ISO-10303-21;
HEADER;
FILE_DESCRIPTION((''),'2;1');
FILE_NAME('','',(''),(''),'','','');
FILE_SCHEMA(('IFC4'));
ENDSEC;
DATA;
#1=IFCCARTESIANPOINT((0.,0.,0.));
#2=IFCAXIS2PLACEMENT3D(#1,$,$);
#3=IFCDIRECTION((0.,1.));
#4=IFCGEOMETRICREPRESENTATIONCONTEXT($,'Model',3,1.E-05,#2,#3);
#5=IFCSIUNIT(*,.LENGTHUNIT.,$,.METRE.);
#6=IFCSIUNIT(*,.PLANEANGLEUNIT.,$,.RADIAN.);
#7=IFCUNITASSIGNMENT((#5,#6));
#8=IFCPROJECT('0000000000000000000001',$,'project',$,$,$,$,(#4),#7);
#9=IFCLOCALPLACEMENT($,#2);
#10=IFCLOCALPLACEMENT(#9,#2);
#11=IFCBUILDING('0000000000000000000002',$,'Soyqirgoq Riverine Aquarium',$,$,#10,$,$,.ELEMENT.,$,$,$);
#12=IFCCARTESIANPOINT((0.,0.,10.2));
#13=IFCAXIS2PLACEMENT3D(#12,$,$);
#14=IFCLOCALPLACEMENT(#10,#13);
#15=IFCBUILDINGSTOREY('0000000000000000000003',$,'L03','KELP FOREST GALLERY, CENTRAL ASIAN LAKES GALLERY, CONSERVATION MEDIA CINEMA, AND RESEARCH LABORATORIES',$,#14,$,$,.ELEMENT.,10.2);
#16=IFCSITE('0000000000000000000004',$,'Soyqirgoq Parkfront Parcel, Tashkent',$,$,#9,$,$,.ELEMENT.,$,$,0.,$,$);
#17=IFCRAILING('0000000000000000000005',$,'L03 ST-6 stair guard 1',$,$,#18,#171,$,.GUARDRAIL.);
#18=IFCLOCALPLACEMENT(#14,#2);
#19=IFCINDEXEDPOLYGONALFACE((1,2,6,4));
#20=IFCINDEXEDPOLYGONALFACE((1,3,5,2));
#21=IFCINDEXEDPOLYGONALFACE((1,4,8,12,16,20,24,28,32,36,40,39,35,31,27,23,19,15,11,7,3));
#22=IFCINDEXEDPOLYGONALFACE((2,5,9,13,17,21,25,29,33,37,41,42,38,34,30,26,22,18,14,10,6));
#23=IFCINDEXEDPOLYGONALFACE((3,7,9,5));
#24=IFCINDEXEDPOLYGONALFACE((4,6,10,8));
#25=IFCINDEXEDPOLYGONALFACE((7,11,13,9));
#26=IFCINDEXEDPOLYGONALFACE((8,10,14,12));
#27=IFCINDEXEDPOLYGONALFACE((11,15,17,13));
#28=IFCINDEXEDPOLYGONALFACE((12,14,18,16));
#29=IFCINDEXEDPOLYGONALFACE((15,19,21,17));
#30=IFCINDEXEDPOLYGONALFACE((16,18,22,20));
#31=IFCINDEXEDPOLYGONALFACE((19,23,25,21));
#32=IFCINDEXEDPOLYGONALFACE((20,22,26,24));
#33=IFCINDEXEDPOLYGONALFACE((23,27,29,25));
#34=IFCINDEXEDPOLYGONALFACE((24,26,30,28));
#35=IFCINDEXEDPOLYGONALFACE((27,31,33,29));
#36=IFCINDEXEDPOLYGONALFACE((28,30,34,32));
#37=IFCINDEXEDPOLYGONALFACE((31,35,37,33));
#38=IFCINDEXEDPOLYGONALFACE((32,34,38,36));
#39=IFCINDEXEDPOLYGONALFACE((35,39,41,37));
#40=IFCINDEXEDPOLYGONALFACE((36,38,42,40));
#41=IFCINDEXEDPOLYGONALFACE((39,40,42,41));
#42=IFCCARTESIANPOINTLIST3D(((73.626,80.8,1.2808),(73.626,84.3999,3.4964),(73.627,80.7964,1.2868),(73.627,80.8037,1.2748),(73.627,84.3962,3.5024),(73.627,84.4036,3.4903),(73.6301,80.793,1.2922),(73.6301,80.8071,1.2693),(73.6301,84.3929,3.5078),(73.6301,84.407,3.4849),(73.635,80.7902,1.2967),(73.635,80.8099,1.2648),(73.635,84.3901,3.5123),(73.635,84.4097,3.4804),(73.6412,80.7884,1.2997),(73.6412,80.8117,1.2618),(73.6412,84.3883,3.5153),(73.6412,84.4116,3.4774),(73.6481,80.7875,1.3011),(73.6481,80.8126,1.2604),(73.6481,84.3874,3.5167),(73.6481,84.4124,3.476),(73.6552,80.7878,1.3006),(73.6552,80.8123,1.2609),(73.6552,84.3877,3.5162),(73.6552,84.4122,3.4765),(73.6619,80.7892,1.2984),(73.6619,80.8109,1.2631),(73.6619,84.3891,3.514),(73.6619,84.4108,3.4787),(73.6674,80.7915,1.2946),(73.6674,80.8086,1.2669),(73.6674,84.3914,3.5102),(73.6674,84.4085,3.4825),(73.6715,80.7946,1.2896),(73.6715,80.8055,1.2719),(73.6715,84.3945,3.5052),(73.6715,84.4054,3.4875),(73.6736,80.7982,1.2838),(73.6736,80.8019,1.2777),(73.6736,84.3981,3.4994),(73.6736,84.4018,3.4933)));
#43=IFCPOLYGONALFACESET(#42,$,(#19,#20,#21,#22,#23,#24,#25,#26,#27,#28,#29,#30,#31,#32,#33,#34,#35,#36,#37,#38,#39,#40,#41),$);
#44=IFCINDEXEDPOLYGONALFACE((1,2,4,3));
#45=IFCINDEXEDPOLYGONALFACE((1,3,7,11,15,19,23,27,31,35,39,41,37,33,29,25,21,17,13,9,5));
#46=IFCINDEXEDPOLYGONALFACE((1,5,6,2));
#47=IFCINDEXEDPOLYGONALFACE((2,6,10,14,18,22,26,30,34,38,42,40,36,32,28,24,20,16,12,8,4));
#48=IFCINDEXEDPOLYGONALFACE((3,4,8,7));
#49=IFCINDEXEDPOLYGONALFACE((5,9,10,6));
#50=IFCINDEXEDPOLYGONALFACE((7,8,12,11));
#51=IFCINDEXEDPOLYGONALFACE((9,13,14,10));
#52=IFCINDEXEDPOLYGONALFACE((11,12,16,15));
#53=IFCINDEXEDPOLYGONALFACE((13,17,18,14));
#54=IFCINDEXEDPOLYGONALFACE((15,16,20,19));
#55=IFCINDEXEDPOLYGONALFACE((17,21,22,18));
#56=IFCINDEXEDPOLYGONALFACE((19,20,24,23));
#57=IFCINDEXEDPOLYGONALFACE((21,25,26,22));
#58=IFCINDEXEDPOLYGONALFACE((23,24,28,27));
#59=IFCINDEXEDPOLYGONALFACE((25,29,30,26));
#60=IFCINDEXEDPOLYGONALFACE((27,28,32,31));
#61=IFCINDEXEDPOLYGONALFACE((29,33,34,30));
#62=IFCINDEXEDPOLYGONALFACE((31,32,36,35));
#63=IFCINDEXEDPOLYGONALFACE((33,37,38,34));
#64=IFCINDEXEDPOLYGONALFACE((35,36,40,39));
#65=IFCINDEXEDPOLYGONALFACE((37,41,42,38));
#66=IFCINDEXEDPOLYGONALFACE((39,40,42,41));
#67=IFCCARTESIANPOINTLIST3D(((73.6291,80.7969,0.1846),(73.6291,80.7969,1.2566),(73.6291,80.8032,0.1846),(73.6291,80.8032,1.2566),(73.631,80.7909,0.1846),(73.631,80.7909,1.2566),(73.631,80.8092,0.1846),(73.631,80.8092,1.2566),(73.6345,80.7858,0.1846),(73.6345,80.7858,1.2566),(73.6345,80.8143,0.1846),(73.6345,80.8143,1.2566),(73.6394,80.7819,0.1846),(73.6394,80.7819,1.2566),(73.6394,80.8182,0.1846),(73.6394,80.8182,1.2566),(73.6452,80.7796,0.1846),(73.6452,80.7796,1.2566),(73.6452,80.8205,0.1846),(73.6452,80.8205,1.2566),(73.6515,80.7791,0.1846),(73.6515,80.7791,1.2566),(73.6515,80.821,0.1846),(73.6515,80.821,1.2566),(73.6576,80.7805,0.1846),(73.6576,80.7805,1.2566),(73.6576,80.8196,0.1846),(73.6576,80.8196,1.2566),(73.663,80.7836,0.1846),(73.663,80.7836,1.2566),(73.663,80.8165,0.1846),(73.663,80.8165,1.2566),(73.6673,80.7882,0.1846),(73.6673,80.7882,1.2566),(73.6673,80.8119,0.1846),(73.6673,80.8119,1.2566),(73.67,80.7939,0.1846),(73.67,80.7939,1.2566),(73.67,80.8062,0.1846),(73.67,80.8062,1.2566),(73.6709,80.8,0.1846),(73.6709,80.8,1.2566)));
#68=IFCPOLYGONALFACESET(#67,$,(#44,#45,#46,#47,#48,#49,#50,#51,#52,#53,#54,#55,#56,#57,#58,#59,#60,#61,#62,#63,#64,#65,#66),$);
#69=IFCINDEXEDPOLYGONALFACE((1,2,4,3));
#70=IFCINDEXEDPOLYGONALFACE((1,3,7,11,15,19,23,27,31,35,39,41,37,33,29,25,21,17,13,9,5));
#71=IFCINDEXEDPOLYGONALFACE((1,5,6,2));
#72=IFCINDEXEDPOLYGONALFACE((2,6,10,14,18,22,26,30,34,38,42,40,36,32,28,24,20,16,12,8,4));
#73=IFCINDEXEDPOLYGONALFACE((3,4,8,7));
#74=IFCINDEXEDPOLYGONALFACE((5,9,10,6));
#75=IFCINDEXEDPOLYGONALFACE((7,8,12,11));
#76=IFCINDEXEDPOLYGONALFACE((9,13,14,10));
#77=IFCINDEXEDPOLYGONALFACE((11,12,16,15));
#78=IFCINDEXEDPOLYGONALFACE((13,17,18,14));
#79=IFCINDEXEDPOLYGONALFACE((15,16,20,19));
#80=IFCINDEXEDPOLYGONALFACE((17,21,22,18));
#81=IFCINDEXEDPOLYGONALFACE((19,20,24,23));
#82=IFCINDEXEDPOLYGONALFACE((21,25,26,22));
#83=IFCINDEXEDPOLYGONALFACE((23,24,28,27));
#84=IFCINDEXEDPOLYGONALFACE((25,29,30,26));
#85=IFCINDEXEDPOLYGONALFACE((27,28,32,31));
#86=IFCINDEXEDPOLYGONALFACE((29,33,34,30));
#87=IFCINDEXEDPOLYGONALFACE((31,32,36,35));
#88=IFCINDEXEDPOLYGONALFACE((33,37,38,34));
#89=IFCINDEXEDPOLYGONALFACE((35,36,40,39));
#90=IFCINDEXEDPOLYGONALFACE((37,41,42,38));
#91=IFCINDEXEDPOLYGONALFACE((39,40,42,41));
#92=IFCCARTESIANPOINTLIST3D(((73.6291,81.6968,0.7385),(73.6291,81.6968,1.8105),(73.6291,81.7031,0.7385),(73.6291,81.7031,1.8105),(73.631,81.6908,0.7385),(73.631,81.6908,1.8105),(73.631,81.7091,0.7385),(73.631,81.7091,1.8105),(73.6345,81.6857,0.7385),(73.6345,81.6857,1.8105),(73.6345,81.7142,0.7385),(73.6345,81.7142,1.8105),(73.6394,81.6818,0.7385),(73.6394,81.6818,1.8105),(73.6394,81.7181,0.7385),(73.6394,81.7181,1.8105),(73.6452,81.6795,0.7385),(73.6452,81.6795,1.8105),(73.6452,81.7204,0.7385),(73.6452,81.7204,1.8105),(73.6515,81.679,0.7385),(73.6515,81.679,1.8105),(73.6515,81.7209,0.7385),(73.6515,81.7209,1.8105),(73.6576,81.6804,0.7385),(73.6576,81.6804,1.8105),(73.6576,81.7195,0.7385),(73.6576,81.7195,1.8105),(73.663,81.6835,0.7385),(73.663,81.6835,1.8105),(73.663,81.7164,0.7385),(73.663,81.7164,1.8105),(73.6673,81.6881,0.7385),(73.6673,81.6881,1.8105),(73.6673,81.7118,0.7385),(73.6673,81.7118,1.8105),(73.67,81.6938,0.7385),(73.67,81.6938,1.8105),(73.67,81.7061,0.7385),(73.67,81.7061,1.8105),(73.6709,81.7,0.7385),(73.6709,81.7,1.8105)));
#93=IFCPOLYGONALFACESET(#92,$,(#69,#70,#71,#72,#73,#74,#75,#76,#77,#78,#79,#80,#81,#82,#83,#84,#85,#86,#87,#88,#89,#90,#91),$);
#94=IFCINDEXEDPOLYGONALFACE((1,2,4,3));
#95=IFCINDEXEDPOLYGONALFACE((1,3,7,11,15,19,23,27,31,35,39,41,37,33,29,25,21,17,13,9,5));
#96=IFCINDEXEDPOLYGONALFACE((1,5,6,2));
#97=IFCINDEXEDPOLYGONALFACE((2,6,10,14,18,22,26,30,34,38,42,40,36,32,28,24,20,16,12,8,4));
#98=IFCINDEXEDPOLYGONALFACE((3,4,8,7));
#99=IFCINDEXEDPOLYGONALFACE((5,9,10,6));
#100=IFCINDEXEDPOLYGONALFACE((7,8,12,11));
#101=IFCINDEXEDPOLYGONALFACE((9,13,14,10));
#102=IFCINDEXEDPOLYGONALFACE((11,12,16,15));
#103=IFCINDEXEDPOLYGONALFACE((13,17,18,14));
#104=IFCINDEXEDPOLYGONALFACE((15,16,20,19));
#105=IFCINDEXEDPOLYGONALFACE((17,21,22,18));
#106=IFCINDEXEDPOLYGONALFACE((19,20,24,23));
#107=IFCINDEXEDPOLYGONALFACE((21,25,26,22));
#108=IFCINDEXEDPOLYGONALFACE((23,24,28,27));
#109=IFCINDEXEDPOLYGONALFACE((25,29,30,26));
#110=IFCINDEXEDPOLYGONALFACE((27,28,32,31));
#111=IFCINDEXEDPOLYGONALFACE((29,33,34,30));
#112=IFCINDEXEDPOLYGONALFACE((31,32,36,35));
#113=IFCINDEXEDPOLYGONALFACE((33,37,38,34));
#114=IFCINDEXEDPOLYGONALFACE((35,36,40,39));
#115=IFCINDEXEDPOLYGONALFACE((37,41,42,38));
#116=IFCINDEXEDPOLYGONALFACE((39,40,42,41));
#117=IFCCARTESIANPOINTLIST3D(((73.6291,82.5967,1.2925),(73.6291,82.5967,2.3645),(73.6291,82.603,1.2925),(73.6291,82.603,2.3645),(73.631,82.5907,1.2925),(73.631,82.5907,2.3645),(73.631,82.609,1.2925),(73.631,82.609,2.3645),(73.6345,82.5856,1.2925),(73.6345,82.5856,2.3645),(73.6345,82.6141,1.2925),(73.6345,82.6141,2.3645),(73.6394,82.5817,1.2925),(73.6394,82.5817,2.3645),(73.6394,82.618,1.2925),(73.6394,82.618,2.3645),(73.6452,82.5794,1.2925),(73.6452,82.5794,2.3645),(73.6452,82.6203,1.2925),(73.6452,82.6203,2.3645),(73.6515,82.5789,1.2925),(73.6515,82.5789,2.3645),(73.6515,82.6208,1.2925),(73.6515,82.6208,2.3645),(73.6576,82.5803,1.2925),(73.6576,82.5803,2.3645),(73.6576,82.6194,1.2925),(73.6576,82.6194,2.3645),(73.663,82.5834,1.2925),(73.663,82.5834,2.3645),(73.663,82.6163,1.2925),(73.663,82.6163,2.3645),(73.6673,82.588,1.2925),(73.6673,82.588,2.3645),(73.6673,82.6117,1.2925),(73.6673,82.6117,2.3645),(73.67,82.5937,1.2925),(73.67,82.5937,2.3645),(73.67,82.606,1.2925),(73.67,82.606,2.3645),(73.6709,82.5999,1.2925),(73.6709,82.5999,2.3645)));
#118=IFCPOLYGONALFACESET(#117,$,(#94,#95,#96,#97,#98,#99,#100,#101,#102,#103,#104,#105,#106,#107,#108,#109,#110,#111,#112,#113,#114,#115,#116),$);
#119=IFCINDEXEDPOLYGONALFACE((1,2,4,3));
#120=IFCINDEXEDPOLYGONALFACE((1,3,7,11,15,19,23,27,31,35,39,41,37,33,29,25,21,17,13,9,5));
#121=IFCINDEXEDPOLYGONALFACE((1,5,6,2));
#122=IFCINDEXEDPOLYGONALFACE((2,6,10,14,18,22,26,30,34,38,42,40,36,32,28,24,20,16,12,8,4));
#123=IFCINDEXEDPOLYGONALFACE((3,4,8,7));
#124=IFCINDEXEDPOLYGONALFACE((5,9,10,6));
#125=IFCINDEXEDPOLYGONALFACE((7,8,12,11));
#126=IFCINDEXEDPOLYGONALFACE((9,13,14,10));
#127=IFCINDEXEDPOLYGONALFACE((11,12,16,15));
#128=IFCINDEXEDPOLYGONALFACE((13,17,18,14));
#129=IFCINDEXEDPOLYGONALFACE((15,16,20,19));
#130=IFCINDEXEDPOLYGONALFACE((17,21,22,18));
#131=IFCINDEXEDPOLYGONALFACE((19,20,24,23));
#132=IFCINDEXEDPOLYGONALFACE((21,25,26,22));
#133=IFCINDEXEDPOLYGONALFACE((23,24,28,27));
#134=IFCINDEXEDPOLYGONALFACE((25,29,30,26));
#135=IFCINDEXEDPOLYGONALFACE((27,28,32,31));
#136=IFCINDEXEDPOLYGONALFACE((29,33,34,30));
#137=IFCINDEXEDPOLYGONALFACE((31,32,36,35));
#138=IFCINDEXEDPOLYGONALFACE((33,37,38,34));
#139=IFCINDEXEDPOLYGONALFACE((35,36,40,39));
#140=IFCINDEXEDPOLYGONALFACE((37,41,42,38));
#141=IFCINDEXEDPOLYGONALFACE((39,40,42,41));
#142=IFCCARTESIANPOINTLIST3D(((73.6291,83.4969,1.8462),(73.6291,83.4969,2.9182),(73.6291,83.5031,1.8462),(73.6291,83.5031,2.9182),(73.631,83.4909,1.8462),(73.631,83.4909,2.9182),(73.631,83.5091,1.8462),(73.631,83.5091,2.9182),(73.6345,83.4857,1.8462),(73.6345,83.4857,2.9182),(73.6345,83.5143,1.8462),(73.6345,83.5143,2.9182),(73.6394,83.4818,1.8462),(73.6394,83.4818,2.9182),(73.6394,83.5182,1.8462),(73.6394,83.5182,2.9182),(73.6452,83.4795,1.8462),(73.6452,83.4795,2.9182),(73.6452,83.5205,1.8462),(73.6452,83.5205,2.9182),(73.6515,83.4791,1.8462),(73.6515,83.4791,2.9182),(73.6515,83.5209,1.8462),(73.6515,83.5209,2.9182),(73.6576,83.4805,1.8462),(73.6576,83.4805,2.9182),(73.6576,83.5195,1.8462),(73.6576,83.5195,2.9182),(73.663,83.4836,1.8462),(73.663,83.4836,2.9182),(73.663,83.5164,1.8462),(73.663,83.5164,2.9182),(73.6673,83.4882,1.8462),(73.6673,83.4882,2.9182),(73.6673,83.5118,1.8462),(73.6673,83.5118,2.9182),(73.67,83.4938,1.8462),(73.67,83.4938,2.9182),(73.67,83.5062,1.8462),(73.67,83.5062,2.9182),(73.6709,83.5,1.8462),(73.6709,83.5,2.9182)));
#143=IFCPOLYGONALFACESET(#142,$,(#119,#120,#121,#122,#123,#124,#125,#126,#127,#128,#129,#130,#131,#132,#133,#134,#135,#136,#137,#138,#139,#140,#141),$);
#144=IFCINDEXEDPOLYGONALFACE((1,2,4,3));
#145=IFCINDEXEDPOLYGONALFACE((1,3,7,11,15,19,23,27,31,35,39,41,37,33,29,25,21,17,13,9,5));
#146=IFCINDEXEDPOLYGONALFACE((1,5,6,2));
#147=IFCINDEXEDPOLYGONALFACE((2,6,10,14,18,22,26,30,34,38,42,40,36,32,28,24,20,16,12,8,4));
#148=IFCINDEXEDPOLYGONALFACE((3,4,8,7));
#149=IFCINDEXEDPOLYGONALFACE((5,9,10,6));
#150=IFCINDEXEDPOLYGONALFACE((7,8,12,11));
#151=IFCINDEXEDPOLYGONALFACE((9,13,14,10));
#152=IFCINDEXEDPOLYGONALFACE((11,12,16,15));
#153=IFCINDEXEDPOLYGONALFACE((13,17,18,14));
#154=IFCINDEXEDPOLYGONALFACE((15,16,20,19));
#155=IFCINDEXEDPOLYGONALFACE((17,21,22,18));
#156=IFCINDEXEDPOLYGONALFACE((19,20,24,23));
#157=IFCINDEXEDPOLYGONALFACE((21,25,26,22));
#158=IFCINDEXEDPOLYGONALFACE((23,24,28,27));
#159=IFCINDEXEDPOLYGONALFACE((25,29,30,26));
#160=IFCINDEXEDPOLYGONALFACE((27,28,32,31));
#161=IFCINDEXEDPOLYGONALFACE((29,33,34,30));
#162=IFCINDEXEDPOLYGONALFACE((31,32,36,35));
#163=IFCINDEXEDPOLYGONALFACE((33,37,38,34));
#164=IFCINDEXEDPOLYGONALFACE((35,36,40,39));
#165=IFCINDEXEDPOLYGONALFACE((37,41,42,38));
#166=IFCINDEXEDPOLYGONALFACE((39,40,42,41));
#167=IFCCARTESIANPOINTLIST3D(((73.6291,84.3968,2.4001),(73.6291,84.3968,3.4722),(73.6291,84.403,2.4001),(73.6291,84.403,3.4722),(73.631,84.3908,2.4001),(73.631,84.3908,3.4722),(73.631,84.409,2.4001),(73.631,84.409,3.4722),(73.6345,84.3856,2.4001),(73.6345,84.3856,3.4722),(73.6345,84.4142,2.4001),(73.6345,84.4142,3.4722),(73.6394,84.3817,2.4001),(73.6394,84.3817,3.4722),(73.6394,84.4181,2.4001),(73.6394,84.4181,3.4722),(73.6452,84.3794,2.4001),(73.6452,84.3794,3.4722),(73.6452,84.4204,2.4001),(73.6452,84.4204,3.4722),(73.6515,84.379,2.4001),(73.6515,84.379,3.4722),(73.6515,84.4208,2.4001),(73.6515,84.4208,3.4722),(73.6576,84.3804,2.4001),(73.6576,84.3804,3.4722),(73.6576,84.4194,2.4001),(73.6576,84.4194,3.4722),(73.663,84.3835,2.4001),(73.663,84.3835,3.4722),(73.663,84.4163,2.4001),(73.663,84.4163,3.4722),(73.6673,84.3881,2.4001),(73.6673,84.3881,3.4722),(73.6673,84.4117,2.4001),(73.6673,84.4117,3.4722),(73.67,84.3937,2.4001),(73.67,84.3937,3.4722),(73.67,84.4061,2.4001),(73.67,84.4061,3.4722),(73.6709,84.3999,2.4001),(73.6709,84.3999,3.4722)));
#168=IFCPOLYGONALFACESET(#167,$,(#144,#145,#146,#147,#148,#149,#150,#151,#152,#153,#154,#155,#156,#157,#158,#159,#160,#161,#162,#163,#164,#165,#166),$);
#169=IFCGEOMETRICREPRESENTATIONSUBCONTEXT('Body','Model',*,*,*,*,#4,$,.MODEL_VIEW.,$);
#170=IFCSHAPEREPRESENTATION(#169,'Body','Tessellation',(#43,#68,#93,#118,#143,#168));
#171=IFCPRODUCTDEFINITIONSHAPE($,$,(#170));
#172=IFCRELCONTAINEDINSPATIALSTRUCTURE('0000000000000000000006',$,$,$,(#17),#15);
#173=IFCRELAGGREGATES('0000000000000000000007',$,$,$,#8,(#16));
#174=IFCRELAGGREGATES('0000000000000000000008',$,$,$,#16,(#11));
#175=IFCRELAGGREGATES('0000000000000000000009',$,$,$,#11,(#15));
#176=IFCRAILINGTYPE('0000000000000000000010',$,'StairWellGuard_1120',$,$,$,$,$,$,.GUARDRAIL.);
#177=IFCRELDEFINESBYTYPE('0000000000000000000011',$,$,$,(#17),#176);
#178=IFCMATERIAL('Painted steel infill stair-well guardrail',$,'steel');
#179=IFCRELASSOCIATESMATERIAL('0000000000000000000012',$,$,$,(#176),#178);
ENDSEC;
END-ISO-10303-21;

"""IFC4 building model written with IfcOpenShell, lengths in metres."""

from ifc_helpers import new_model, si_unit, direction, frame, origin, origin_2d, place, context, subcontext, project, spatial, circle, extrude, material, type_object, element, save


model = new_model("IFC4")

# Units and contexts
model_context = context("Model", 3, precision=1e-05, world=origin(), true_north=direction((0.0, 1.0)))
body_context = subcontext(model_context, "Body", "Model", "MODEL_VIEW")
ifc_project = project(units=[si_unit("LENGTHUNIT", "METRE"), si_unit("PLANEANGLEUNIT", "RADIAN")], contexts=[model_context])

# Site, building, storey
site_placement = place(None, origin())
site = spatial("IfcSite", under=ifc_project, at=site_placement, Name="Soyqirgoq Parkfront Parcel, Tashkent", CompositionType="ELEMENT", RefElevation=0.0)
building_placement = place(site_placement, origin())
building = spatial("IfcBuilding", under=site, at=building_placement, Name="Soyqirgoq Riverine Aquarium", CompositionType="ELEMENT")
storey_placement = place(building_placement, frame((0.0, 0.0, 10.2)))
storey = spatial("IfcBuildingStorey", under=building, at=storey_placement, Name="L03", Description="KELP FOREST GALLERY, CENTRAL ASIAN LAKES GALLERY, CONSERVATION MEDIA CINEMA, AND RESEARCH LABORATORIES", CompositionType="ELEMENT", Elevation=10.2)

# Railing
ifc_material_1 = material(Name="Painted steel infill stair-well guardrail", Category="steel")
railing_type_1 = type_object("IfcRailingType", Name="StairWellGuard_1120", PredefinedType="GUARDRAIL", material=ifc_material_1)
railing_1_placement = place(storey_placement, frame((73.6499, 80.8, 0.1846)))
element("IfcRailing", 1, at=railing_1_placement, inside=storey, type_object=railing_type_1, Name="L03 ST-6 stair guard 1", PredefinedType="GUARDRAIL", context=body_context, shape_type="SweptSolid", body=[
    extrude(circle(Radius=0.0239, at=origin_2d()), frame((0.0, 0.0, 1.0962), z_axis=(0.0, 0.851629, 0.524146), x_axis=(-1.0, 0.0, 0.0)), (0.0, 0.0, 1.0), 4.2271),
    extrude(circle(Radius=0.021, at=origin_2d()), origin(), (0.0, 0.0, 1.0), 1.072),
    extrude(circle(Radius=0.021, at=origin_2d()), frame((0.0, 0.8999, 0.554)), (0.0, 0.0, 1.0), 1.072),
    extrude(circle(Radius=0.021, at=origin_2d()), frame((0.0, 1.7998, 1.1079)), (0.0, 0.0, 1.0), 1.072),
    extrude(circle(Radius=0.021, at=origin_2d()), frame((0.0, 2.7, 1.6616)), (0.0, 0.0, 1.0), 1.072),
    extrude(circle(Radius=0.021, at=origin_2d()), frame((0.0, 3.5999, 2.2156)), (0.0, 0.0, 1.0), 1.072),
])

save(model, "model.ifc")
